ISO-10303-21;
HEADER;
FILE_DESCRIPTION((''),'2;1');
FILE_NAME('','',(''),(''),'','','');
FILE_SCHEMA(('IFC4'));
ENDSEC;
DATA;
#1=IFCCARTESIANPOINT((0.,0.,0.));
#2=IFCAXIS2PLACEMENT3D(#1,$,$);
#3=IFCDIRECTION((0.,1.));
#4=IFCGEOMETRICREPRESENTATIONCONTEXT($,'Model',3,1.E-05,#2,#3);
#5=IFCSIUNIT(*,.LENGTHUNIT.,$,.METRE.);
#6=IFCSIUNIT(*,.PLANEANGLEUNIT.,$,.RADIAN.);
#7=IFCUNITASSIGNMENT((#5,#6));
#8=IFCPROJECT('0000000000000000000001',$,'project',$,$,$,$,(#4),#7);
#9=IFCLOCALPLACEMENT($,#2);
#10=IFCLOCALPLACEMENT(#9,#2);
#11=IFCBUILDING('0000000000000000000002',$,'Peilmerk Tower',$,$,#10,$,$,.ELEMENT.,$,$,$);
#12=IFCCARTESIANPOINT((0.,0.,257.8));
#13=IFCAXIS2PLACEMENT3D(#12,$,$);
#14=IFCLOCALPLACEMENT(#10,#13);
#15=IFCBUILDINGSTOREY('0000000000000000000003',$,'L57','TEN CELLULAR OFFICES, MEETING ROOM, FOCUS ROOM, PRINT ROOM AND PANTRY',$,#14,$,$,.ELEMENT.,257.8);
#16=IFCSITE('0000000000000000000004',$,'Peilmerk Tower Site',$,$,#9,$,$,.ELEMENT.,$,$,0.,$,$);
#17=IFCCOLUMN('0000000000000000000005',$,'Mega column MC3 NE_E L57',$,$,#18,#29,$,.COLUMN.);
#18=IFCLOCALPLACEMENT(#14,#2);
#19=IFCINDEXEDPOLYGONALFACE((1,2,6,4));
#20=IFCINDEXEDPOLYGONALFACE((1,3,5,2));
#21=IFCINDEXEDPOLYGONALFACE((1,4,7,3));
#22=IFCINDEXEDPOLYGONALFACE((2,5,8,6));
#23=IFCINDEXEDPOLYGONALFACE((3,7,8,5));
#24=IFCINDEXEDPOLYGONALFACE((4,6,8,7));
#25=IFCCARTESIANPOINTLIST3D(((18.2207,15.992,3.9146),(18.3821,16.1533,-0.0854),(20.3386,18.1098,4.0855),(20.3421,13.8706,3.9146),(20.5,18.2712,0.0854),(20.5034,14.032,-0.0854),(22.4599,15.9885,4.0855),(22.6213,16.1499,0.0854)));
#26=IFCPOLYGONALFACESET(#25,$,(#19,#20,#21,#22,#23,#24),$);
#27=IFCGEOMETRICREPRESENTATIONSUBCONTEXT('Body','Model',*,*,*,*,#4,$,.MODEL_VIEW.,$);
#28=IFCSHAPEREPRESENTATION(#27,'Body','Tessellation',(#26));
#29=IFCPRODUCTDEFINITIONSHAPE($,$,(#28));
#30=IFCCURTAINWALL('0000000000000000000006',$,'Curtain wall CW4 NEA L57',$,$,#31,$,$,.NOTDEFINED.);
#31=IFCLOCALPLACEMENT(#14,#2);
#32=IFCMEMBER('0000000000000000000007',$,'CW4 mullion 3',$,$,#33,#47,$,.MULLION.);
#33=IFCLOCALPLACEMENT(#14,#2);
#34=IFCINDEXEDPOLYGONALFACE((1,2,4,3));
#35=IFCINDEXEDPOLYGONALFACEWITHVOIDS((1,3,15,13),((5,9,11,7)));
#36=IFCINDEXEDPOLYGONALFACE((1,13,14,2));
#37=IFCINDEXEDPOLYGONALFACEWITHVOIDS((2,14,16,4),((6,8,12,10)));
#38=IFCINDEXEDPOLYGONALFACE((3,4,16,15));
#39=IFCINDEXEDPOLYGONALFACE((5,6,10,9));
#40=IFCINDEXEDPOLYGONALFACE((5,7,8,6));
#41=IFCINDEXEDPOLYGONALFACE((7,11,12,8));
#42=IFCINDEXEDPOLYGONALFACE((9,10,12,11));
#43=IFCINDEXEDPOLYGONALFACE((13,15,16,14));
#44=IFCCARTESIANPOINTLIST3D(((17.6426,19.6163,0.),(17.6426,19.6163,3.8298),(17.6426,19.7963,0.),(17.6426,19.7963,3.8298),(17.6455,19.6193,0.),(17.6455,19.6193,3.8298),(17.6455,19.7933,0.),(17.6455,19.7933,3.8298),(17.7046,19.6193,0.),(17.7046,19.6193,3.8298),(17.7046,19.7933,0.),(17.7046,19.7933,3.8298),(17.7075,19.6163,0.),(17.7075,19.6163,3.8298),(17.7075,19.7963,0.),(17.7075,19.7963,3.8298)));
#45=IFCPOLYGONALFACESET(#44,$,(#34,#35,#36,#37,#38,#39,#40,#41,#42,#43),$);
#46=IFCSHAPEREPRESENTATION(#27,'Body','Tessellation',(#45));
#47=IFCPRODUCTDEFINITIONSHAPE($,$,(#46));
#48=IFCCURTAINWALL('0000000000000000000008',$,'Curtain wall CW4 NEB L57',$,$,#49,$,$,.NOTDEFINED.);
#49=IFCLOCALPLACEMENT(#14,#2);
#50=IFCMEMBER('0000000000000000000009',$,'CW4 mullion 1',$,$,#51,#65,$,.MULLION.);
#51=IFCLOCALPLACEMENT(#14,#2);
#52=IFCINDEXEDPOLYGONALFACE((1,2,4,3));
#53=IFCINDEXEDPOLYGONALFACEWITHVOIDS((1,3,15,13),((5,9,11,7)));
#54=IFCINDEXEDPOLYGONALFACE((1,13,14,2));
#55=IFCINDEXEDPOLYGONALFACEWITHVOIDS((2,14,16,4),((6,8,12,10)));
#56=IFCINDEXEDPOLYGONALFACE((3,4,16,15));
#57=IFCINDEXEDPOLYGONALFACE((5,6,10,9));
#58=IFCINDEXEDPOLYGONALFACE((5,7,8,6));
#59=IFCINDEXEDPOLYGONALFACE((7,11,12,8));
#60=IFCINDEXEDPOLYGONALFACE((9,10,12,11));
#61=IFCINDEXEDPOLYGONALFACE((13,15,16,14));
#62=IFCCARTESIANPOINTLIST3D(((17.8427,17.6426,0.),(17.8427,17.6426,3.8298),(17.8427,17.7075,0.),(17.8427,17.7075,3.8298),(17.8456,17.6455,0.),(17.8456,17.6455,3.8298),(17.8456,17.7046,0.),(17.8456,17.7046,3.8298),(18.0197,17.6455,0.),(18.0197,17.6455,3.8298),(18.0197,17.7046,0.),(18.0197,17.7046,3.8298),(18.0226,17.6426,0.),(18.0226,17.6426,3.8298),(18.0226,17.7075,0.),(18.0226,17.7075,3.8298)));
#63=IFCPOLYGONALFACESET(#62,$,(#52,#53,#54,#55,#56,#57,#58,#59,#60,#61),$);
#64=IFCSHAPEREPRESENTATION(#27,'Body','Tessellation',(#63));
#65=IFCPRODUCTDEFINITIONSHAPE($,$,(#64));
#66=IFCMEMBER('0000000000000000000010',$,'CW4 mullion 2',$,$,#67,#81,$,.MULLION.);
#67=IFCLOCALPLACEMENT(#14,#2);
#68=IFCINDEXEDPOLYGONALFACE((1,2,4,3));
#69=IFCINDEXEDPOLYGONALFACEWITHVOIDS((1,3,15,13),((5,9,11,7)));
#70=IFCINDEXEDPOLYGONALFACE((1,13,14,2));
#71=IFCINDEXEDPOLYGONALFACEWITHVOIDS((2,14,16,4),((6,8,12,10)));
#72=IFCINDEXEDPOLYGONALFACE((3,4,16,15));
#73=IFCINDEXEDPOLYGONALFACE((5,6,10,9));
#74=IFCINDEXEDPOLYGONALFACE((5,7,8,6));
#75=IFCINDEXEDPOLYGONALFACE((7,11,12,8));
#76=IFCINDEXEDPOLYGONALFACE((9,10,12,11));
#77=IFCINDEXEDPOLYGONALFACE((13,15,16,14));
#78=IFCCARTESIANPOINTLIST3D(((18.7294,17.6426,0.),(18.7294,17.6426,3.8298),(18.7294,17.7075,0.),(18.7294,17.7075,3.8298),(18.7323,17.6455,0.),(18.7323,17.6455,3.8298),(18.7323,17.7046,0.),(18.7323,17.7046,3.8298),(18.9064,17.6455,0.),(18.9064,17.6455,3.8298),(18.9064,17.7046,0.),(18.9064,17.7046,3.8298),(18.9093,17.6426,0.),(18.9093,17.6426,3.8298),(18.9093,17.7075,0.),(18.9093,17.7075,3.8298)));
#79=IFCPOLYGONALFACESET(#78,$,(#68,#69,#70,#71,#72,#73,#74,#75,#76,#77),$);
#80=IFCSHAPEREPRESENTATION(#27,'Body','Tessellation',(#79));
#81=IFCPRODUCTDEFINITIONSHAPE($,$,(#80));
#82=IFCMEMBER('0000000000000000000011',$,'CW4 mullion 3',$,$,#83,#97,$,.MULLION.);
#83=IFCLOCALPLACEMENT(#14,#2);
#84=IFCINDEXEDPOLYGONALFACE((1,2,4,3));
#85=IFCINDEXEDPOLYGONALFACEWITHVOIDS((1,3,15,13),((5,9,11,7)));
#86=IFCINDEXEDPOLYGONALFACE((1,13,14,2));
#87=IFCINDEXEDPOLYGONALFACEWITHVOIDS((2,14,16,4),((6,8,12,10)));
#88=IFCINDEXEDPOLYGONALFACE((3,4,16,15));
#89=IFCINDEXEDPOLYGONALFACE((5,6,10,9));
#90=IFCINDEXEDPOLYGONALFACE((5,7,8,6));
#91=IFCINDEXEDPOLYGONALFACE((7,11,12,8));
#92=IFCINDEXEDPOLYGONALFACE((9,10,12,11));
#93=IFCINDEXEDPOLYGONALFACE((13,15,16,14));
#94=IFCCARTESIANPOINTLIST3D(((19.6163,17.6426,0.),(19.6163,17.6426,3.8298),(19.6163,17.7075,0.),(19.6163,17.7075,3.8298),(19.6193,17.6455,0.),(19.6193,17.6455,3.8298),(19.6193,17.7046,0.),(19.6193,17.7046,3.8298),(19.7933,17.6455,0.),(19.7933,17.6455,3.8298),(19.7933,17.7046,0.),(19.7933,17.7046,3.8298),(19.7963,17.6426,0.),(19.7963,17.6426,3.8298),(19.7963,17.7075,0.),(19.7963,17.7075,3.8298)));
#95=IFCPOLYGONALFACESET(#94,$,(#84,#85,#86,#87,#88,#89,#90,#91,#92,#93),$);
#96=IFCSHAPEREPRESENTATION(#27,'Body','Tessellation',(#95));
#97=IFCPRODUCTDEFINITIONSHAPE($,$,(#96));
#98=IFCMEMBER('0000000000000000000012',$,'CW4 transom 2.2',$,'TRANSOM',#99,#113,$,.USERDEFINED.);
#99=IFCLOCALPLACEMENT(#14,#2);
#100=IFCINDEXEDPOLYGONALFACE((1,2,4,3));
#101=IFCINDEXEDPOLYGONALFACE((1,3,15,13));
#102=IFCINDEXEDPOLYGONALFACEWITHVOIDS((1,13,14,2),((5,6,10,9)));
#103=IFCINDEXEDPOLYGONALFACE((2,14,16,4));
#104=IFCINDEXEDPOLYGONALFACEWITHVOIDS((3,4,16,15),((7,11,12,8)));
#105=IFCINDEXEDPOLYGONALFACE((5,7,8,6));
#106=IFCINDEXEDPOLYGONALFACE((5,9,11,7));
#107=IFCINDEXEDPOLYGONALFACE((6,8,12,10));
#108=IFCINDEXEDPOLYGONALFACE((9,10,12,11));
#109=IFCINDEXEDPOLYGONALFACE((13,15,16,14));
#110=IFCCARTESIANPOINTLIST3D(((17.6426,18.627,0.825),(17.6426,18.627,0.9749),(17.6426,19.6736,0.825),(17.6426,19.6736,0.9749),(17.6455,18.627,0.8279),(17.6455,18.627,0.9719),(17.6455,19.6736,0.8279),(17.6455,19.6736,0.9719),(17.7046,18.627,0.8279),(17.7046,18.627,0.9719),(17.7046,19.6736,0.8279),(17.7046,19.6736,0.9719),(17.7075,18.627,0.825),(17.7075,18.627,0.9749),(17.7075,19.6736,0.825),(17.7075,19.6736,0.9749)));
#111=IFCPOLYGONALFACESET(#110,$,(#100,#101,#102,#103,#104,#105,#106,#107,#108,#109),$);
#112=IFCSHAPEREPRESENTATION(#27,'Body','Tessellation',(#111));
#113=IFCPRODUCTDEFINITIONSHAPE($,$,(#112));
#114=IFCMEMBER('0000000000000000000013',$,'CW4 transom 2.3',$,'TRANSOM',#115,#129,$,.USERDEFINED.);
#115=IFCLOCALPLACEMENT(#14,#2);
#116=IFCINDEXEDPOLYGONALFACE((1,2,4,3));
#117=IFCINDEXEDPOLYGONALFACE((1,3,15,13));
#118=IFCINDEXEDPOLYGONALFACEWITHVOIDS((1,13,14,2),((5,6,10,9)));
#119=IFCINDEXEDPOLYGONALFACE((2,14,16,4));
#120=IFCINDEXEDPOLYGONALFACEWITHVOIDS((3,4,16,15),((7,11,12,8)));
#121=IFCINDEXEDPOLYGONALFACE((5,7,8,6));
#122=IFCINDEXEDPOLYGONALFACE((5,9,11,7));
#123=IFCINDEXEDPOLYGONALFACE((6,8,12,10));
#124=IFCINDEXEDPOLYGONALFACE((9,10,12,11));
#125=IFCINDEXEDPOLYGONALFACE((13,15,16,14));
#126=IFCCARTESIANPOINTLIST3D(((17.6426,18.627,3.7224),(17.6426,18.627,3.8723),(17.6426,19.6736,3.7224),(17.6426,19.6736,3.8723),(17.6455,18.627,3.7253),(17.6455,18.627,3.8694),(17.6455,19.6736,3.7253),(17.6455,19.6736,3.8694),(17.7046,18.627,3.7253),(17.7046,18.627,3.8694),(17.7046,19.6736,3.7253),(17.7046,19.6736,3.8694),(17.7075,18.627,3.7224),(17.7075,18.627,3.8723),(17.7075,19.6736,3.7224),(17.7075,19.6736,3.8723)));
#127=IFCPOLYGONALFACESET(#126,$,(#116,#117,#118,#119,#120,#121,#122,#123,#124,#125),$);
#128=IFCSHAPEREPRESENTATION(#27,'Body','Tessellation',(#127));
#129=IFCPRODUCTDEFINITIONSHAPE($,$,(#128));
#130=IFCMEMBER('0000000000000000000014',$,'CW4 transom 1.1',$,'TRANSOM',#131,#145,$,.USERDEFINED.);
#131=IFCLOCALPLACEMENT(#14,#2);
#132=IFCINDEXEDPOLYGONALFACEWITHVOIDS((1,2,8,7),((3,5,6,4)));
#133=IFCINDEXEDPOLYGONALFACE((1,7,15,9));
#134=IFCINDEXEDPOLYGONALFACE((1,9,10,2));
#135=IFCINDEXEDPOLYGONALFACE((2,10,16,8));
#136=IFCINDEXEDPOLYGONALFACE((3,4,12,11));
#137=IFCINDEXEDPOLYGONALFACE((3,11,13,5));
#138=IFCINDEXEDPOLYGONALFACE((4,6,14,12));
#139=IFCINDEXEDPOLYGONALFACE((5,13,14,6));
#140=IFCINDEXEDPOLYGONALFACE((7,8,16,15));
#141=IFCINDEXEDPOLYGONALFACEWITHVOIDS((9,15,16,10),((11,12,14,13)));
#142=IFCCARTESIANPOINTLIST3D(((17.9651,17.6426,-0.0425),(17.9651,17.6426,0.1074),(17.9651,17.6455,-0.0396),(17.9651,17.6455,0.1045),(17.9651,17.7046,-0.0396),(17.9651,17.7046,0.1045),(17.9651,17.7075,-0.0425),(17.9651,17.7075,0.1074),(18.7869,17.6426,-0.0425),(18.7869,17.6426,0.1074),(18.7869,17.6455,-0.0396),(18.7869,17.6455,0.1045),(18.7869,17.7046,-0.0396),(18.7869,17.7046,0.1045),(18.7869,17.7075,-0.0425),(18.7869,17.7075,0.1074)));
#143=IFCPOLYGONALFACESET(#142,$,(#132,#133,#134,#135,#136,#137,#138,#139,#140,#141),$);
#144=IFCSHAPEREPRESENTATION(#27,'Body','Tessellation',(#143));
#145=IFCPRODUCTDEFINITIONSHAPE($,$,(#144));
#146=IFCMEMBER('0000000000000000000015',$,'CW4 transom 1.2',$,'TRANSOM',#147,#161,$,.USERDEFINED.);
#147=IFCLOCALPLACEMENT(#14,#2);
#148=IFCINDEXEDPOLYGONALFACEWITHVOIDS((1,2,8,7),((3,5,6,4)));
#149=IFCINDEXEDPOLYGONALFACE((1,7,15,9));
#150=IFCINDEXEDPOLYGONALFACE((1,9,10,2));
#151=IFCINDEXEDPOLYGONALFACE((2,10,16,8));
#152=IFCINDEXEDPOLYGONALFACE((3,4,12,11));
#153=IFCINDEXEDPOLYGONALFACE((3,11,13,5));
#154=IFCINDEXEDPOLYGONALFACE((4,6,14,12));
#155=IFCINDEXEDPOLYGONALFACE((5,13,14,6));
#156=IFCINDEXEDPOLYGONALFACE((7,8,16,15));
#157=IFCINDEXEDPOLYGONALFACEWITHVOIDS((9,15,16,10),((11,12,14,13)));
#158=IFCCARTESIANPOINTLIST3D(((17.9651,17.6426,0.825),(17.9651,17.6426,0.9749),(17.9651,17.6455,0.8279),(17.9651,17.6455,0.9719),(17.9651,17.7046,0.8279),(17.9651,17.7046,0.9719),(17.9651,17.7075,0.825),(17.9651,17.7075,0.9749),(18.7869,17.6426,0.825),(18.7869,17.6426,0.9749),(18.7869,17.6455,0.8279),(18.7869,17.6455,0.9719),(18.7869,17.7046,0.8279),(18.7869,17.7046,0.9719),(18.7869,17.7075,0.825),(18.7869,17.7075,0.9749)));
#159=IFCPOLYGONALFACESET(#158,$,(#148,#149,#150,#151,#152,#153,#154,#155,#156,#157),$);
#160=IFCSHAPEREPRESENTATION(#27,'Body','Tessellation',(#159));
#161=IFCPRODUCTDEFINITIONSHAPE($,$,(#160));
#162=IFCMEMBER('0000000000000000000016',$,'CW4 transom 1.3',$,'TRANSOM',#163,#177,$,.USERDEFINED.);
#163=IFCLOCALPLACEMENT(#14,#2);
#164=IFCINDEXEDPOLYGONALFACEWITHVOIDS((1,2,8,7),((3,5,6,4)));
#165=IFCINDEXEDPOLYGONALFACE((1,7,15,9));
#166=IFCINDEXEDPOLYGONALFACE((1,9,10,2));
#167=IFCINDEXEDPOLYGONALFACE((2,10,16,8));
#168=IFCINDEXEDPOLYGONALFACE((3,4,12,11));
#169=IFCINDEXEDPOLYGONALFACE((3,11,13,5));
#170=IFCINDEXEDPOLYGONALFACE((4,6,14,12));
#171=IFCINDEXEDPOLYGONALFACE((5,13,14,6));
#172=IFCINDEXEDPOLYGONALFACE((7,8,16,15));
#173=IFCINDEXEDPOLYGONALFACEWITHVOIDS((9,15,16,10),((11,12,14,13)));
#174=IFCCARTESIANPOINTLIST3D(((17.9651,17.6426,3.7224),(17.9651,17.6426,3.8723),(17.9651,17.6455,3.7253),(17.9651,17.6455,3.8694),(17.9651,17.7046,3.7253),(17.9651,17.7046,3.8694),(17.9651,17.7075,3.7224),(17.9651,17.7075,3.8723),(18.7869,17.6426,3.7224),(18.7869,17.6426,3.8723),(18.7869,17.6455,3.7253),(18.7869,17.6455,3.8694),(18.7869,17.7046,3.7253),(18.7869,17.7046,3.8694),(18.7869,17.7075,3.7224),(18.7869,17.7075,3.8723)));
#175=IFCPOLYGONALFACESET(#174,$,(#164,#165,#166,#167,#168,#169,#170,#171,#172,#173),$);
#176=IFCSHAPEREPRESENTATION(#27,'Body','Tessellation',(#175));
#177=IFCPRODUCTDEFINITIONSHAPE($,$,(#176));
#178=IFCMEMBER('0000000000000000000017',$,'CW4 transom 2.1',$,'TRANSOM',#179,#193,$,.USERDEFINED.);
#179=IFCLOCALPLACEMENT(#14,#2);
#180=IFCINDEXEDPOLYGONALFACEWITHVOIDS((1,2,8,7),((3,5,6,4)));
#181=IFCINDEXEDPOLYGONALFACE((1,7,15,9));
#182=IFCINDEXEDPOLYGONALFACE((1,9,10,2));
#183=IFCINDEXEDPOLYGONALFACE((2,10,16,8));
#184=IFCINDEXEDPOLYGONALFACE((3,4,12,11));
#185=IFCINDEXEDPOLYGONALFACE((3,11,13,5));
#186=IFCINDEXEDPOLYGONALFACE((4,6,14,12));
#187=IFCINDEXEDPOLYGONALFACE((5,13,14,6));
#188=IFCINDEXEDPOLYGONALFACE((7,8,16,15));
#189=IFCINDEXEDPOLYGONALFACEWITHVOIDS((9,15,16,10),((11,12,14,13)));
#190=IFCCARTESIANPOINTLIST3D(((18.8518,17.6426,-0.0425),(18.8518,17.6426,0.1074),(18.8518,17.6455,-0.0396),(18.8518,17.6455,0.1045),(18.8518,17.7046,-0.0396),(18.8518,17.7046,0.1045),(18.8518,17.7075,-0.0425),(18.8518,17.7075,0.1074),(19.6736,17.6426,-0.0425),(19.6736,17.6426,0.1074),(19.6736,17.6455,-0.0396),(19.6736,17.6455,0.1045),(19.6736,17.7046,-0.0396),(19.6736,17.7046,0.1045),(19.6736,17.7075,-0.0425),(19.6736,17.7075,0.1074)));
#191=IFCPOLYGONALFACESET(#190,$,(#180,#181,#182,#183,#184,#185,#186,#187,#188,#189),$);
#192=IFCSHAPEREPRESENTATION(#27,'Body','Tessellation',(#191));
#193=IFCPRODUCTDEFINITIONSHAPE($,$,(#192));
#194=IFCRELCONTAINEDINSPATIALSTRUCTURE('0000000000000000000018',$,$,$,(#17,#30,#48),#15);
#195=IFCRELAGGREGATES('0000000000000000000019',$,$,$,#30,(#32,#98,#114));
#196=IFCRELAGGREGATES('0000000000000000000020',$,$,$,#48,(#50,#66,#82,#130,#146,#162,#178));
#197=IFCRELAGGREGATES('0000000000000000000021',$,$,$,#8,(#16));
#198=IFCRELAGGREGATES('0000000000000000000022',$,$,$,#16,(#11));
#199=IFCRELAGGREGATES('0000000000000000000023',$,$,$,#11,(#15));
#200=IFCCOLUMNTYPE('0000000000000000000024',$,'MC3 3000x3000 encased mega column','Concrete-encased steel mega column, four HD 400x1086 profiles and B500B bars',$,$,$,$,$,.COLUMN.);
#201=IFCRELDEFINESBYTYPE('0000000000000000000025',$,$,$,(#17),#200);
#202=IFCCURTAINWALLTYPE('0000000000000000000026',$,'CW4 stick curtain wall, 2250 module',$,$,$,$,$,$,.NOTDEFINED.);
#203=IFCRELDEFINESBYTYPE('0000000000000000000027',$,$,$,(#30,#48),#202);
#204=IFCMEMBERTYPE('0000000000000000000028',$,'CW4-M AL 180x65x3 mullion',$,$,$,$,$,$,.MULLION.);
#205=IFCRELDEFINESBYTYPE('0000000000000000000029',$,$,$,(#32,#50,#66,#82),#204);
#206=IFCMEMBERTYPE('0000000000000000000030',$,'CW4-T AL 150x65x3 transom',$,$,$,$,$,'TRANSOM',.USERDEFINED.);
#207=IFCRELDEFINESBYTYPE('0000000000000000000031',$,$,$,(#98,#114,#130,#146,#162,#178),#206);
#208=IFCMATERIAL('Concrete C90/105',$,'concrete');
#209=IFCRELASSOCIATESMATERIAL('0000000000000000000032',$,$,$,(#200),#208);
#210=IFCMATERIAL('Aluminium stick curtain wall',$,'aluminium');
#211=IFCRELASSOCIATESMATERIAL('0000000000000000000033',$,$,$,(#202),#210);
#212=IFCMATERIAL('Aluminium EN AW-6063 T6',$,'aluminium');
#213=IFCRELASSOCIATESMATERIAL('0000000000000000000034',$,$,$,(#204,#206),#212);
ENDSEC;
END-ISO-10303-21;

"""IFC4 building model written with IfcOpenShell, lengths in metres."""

from ifc_helpers import new_model, si_unit, direction, frame, origin, origin_2d, place, context, subcontext, project, spatial, rectangle, hollow_rectangle, extrude, material, material_profile, profile_set, type_object, element, aggregate, save


model = new_model("IFC4")

# Units and contexts
model_context = context("Model", 3, precision=1e-05, world=origin(), true_north=direction((0.0, 1.0)))
body_context = subcontext(model_context, "Body", "Model", "MODEL_VIEW")
ifc_project = project(units=[si_unit("LENGTHUNIT", "METRE"), si_unit("PLANEANGLEUNIT", "RADIAN")], contexts=[model_context])

# Site, building, storey
site_placement = place(None, origin())
site = spatial("IfcSite", under=ifc_project, at=site_placement, Name="Peilmerk Tower Site", CompositionType="ELEMENT", RefElevation=0.0)
building_placement = place(site_placement, origin())
building = spatial("IfcBuilding", under=site, at=building_placement, Name="Peilmerk Tower", CompositionType="ELEMENT")
storey_placement = place(building_placement, frame((0.0, 0.0, 257.8)))
storey = spatial("IfcBuildingStorey", under=building, at=storey_placement, Name="L57", Description="TEN CELLULAR OFFICES, MEETING ROOM, FOCUS ROOM, PRINT ROOM AND PANTRY", CompositionType="ELEMENT", Elevation=257.8)

# Column
ifc_material_1 = material(Name="Concrete C90/105", Category="concrete")
ifc_material_profile_1 = material_profile(ifc_material_1, rectangle(XDim=3.0, YDim=3.0, at=origin_2d()), Name="RC 3000x3000")
ifc_profile_set_1 = profile_set([ifc_material_profile_1], Name="Concrete C90/105")
column_type = type_object("IfcColumnType", Name="MC3 3000x3000 encased mega column", Description="Concrete-encased steel mega column, four HD 400x1086 profiles and B500B bars", PredefinedType="COLUMN", material=ifc_profile_set_1)
column_placement = place(storey_placement, frame((20.5017, 16.1516, 0.0), z_axis=(-0.040279, -0.040279, 0.998376), x_axis=(0.707107, -0.707107, 0.0)))
element("IfcColumn", 1, at=column_placement, inside=storey, type_object=column_type, Name="Mega column MC3 NE_E L57", PredefinedType="COLUMN", context=body_context, shape_type="SweptSolid", body=[
    extrude(rectangle(XDim=3.0, YDim=3.0, at=origin_2d()), origin(), (0.0, 0.0, 1.0), 4.0066),
])

# Curtain wall, member
ifc_material_2 = material(Name="Aluminium stick curtain wall", Category="aluminium")
curtain_wall_type = type_object("IfcCurtainWallType", Name="CW4 stick curtain wall, 2250 module", PredefinedType="NOTDEFINED", material=ifc_material_2)
curtain_wall_1_placement = place(storey_placement, origin())
curtain_wall_1 = element("IfcCurtainWall", 2, at=curtain_wall_1_placement, inside=storey, type_object=curtain_wall_type, Name="Curtain wall CW4 NEA L57", PredefinedType="NOTDEFINED")
ifc_material_3 = material(Name="Aluminium EN AW-6063 T6", Category="aluminium")
ifc_material_profile_2 = material_profile(ifc_material_3, hollow_rectangle(XDim=0.0649, YDim=0.1799, WallThickness=0.0029, at=origin_2d()), Name="AL 180x65x3")
ifc_profile_set_2 = profile_set([ifc_material_profile_2], Name="Aluminium EN AW-6063 T6")
member_type_1 = type_object("IfcMemberType", Name="CW4-M AL 180x65x3 mullion", PredefinedType="MULLION", material=ifc_profile_set_2)
member_1_placement = place(storey_placement, frame((17.675, 19.7063, 0.0), z_axis=(0.0, 0.0, 1.0), x_axis=(-1.0, 0.0, 0.0)))
member_1 = element("IfcMember", 3, at=member_1_placement, type_object=member_type_1, Name="CW4 mullion 3", PredefinedType="MULLION", context=body_context, shape_type="SweptSolid", body=[
    extrude(hollow_rectangle(XDim=0.0649, YDim=0.1799, WallThickness=0.0029, at=origin_2d()), origin(), (0.0, 0.0, 1.0), 3.8298),
])

# Curtain wall, members
curtain_wall_2_placement = place(storey_placement, origin())
curtain_wall_2 = element("IfcCurtainWall", 4, at=curtain_wall_2_placement, inside=storey, type_object=curtain_wall_type, Name="Curtain wall CW4 NEB L57", PredefinedType="NOTDEFINED")
member_2_placement = place(storey_placement, frame((17.9326, 17.675, 0.0), z_axis=(0.0, 0.0, 1.0), x_axis=(0.0, 1.0, 0.0)))
member_2 = element("IfcMember", 5, at=member_2_placement, type_object=member_type_1, Name="CW4 mullion 1", PredefinedType="MULLION", context=body_context, shape_type="SweptSolid", body=[
    extrude(hollow_rectangle(XDim=0.0649, YDim=0.1799, WallThickness=0.0029, at=origin_2d()), origin(), (0.0, 0.0, 1.0), 3.8298),
])
member_3_placement = place(storey_placement, frame((18.8193, 17.675, 0.0), z_axis=(0.0, 0.0, 1.0), x_axis=(0.0, 1.0, 0.0)))
member_3 = element("IfcMember", 6, at=member_3_placement, type_object=member_type_1, Name="CW4 mullion 2", PredefinedType="MULLION", context=body_context, shape_type="SweptSolid", body=[
    extrude(hollow_rectangle(XDim=0.0649, YDim=0.1799, WallThickness=0.0029, at=origin_2d()), origin(), (0.0, 0.0, 1.0), 3.8298),
])
member_4_placement = place(storey_placement, frame((19.7063, 17.675, 0.0), z_axis=(0.0, 0.0, 1.0), x_axis=(0.0, 1.0, 0.0)))
member_4 = element("IfcMember", 7, at=member_4_placement, type_object=member_type_1, Name="CW4 mullion 3", PredefinedType="MULLION", context=body_context, shape_type="SweptSolid", body=[
    extrude(hollow_rectangle(XDim=0.0649, YDim=0.1799, WallThickness=0.0029, at=origin_2d()), origin(), (0.0, 0.0, 1.0), 3.8298),
])

# Members
ifc_material_profile_3 = material_profile(ifc_material_3, hollow_rectangle(XDim=0.0649, YDim=0.1499, WallThickness=0.0029, at=origin_2d()), Name="AL 150x65x3")
ifc_profile_set_3 = profile_set([ifc_material_profile_3], Name="Aluminium EN AW-6063 T6")
member_type_2 = type_object("IfcMemberType", Name="CW4-T AL 150x65x3 transom", ElementType="TRANSOM", PredefinedType="USERDEFINED", material=ifc_profile_set_3)
member_5_placement = place(storey_placement, frame((17.675, 18.627, 0.8999), z_axis=(0.0, 1.0, 0.0), x_axis=(-1.0, 0.0, 0.0)))
member_5 = element("IfcMember", 8, at=member_5_placement, type_object=member_type_2, Name="CW4 transom 2.2", ObjectType="TRANSOM", PredefinedType="USERDEFINED", context=body_context, shape_type="SweptSolid", body=[
    extrude(hollow_rectangle(XDim=0.0649, YDim=0.1499, WallThickness=0.0029, at=origin_2d()), origin(), (0.0, 0.0, 1.0), 1.0466),
])
member_6_placement = place(storey_placement, frame((17.675, 18.627, 3.7974), z_axis=(0.0, 1.0, 0.0), x_axis=(-1.0, 0.0, 0.0)))
member_6 = element("IfcMember", 9, at=member_6_placement, type_object=member_type_2, Name="CW4 transom 2.3", ObjectType="TRANSOM", PredefinedType="USERDEFINED", context=body_context, shape_type="SweptSolid", body=[
    extrude(hollow_rectangle(XDim=0.0649, YDim=0.1499, WallThickness=0.0029, at=origin_2d()), origin(), (0.0, 0.0, 1.0), 1.0466),
])
member_7_placement = place(storey_placement, frame((17.9651, 17.675, 0.0325), z_axis=(1.0, 0.0, 0.0), x_axis=(0.0, 1.0, 0.0)))
member_7 = element("IfcMember", 10, at=member_7_placement, type_object=member_type_2, Name="CW4 transom 1.1", ObjectType="TRANSOM", PredefinedType="USERDEFINED", context=body_context, shape_type="SweptSolid", body=[
    extrude(hollow_rectangle(XDim=0.0649, YDim=0.1499, WallThickness=0.0029, at=origin_2d()), origin(), (0.0, 0.0, 1.0), 0.8218),
])
member_8_placement = place(storey_placement, frame((17.9651, 17.675, 0.8999), z_axis=(1.0, 0.0, 0.0), x_axis=(0.0, 1.0, 0.0)))
member_8 = element("IfcMember", 11, at=member_8_placement, type_object=member_type_2, Name="CW4 transom 1.2", ObjectType="TRANSOM", PredefinedType="USERDEFINED", context=body_context, shape_type="SweptSolid", body=[
    extrude(hollow_rectangle(XDim=0.0649, YDim=0.1499, WallThickness=0.0029, at=origin_2d()), origin(), (0.0, 0.0, 1.0), 0.8218),
])
member_9_placement = place(storey_placement, frame((17.9651, 17.675, 3.7974), z_axis=(1.0, 0.0, 0.0), x_axis=(0.0, 1.0, 0.0)))
member_9 = element("IfcMember", 12, at=member_9_placement, type_object=member_type_2, Name="CW4 transom 1.3", ObjectType="TRANSOM", PredefinedType="USERDEFINED", context=body_context, shape_type="SweptSolid", body=[
    extrude(hollow_rectangle(XDim=0.0649, YDim=0.1499, WallThickness=0.0029, at=origin_2d()), origin(), (0.0, 0.0, 1.0), 0.8218),
])
member_10_placement = place(storey_placement, frame((18.8518, 17.675, 0.0325), z_axis=(1.0, 0.0, 0.0), x_axis=(0.0, 1.0, 0.0)))
member_10 = element("IfcMember", 13, at=member_10_placement, type_object=member_type_2, Name="CW4 transom 2.1", ObjectType="TRANSOM", PredefinedType="USERDEFINED", context=body_context, shape_type="SweptSolid", body=[
    extrude(hollow_rectangle(XDim=0.0649, YDim=0.1499, WallThickness=0.0029, at=origin_2d()), origin(), (0.0, 0.0, 1.0), 0.8218),
])

aggregate(curtain_wall_1, [member_1, member_5, member_6])
aggregate(curtain_wall_2, [member_2, member_3, member_4, member_7, member_8, member_9, member_10])

save(model, "model.ifc")
